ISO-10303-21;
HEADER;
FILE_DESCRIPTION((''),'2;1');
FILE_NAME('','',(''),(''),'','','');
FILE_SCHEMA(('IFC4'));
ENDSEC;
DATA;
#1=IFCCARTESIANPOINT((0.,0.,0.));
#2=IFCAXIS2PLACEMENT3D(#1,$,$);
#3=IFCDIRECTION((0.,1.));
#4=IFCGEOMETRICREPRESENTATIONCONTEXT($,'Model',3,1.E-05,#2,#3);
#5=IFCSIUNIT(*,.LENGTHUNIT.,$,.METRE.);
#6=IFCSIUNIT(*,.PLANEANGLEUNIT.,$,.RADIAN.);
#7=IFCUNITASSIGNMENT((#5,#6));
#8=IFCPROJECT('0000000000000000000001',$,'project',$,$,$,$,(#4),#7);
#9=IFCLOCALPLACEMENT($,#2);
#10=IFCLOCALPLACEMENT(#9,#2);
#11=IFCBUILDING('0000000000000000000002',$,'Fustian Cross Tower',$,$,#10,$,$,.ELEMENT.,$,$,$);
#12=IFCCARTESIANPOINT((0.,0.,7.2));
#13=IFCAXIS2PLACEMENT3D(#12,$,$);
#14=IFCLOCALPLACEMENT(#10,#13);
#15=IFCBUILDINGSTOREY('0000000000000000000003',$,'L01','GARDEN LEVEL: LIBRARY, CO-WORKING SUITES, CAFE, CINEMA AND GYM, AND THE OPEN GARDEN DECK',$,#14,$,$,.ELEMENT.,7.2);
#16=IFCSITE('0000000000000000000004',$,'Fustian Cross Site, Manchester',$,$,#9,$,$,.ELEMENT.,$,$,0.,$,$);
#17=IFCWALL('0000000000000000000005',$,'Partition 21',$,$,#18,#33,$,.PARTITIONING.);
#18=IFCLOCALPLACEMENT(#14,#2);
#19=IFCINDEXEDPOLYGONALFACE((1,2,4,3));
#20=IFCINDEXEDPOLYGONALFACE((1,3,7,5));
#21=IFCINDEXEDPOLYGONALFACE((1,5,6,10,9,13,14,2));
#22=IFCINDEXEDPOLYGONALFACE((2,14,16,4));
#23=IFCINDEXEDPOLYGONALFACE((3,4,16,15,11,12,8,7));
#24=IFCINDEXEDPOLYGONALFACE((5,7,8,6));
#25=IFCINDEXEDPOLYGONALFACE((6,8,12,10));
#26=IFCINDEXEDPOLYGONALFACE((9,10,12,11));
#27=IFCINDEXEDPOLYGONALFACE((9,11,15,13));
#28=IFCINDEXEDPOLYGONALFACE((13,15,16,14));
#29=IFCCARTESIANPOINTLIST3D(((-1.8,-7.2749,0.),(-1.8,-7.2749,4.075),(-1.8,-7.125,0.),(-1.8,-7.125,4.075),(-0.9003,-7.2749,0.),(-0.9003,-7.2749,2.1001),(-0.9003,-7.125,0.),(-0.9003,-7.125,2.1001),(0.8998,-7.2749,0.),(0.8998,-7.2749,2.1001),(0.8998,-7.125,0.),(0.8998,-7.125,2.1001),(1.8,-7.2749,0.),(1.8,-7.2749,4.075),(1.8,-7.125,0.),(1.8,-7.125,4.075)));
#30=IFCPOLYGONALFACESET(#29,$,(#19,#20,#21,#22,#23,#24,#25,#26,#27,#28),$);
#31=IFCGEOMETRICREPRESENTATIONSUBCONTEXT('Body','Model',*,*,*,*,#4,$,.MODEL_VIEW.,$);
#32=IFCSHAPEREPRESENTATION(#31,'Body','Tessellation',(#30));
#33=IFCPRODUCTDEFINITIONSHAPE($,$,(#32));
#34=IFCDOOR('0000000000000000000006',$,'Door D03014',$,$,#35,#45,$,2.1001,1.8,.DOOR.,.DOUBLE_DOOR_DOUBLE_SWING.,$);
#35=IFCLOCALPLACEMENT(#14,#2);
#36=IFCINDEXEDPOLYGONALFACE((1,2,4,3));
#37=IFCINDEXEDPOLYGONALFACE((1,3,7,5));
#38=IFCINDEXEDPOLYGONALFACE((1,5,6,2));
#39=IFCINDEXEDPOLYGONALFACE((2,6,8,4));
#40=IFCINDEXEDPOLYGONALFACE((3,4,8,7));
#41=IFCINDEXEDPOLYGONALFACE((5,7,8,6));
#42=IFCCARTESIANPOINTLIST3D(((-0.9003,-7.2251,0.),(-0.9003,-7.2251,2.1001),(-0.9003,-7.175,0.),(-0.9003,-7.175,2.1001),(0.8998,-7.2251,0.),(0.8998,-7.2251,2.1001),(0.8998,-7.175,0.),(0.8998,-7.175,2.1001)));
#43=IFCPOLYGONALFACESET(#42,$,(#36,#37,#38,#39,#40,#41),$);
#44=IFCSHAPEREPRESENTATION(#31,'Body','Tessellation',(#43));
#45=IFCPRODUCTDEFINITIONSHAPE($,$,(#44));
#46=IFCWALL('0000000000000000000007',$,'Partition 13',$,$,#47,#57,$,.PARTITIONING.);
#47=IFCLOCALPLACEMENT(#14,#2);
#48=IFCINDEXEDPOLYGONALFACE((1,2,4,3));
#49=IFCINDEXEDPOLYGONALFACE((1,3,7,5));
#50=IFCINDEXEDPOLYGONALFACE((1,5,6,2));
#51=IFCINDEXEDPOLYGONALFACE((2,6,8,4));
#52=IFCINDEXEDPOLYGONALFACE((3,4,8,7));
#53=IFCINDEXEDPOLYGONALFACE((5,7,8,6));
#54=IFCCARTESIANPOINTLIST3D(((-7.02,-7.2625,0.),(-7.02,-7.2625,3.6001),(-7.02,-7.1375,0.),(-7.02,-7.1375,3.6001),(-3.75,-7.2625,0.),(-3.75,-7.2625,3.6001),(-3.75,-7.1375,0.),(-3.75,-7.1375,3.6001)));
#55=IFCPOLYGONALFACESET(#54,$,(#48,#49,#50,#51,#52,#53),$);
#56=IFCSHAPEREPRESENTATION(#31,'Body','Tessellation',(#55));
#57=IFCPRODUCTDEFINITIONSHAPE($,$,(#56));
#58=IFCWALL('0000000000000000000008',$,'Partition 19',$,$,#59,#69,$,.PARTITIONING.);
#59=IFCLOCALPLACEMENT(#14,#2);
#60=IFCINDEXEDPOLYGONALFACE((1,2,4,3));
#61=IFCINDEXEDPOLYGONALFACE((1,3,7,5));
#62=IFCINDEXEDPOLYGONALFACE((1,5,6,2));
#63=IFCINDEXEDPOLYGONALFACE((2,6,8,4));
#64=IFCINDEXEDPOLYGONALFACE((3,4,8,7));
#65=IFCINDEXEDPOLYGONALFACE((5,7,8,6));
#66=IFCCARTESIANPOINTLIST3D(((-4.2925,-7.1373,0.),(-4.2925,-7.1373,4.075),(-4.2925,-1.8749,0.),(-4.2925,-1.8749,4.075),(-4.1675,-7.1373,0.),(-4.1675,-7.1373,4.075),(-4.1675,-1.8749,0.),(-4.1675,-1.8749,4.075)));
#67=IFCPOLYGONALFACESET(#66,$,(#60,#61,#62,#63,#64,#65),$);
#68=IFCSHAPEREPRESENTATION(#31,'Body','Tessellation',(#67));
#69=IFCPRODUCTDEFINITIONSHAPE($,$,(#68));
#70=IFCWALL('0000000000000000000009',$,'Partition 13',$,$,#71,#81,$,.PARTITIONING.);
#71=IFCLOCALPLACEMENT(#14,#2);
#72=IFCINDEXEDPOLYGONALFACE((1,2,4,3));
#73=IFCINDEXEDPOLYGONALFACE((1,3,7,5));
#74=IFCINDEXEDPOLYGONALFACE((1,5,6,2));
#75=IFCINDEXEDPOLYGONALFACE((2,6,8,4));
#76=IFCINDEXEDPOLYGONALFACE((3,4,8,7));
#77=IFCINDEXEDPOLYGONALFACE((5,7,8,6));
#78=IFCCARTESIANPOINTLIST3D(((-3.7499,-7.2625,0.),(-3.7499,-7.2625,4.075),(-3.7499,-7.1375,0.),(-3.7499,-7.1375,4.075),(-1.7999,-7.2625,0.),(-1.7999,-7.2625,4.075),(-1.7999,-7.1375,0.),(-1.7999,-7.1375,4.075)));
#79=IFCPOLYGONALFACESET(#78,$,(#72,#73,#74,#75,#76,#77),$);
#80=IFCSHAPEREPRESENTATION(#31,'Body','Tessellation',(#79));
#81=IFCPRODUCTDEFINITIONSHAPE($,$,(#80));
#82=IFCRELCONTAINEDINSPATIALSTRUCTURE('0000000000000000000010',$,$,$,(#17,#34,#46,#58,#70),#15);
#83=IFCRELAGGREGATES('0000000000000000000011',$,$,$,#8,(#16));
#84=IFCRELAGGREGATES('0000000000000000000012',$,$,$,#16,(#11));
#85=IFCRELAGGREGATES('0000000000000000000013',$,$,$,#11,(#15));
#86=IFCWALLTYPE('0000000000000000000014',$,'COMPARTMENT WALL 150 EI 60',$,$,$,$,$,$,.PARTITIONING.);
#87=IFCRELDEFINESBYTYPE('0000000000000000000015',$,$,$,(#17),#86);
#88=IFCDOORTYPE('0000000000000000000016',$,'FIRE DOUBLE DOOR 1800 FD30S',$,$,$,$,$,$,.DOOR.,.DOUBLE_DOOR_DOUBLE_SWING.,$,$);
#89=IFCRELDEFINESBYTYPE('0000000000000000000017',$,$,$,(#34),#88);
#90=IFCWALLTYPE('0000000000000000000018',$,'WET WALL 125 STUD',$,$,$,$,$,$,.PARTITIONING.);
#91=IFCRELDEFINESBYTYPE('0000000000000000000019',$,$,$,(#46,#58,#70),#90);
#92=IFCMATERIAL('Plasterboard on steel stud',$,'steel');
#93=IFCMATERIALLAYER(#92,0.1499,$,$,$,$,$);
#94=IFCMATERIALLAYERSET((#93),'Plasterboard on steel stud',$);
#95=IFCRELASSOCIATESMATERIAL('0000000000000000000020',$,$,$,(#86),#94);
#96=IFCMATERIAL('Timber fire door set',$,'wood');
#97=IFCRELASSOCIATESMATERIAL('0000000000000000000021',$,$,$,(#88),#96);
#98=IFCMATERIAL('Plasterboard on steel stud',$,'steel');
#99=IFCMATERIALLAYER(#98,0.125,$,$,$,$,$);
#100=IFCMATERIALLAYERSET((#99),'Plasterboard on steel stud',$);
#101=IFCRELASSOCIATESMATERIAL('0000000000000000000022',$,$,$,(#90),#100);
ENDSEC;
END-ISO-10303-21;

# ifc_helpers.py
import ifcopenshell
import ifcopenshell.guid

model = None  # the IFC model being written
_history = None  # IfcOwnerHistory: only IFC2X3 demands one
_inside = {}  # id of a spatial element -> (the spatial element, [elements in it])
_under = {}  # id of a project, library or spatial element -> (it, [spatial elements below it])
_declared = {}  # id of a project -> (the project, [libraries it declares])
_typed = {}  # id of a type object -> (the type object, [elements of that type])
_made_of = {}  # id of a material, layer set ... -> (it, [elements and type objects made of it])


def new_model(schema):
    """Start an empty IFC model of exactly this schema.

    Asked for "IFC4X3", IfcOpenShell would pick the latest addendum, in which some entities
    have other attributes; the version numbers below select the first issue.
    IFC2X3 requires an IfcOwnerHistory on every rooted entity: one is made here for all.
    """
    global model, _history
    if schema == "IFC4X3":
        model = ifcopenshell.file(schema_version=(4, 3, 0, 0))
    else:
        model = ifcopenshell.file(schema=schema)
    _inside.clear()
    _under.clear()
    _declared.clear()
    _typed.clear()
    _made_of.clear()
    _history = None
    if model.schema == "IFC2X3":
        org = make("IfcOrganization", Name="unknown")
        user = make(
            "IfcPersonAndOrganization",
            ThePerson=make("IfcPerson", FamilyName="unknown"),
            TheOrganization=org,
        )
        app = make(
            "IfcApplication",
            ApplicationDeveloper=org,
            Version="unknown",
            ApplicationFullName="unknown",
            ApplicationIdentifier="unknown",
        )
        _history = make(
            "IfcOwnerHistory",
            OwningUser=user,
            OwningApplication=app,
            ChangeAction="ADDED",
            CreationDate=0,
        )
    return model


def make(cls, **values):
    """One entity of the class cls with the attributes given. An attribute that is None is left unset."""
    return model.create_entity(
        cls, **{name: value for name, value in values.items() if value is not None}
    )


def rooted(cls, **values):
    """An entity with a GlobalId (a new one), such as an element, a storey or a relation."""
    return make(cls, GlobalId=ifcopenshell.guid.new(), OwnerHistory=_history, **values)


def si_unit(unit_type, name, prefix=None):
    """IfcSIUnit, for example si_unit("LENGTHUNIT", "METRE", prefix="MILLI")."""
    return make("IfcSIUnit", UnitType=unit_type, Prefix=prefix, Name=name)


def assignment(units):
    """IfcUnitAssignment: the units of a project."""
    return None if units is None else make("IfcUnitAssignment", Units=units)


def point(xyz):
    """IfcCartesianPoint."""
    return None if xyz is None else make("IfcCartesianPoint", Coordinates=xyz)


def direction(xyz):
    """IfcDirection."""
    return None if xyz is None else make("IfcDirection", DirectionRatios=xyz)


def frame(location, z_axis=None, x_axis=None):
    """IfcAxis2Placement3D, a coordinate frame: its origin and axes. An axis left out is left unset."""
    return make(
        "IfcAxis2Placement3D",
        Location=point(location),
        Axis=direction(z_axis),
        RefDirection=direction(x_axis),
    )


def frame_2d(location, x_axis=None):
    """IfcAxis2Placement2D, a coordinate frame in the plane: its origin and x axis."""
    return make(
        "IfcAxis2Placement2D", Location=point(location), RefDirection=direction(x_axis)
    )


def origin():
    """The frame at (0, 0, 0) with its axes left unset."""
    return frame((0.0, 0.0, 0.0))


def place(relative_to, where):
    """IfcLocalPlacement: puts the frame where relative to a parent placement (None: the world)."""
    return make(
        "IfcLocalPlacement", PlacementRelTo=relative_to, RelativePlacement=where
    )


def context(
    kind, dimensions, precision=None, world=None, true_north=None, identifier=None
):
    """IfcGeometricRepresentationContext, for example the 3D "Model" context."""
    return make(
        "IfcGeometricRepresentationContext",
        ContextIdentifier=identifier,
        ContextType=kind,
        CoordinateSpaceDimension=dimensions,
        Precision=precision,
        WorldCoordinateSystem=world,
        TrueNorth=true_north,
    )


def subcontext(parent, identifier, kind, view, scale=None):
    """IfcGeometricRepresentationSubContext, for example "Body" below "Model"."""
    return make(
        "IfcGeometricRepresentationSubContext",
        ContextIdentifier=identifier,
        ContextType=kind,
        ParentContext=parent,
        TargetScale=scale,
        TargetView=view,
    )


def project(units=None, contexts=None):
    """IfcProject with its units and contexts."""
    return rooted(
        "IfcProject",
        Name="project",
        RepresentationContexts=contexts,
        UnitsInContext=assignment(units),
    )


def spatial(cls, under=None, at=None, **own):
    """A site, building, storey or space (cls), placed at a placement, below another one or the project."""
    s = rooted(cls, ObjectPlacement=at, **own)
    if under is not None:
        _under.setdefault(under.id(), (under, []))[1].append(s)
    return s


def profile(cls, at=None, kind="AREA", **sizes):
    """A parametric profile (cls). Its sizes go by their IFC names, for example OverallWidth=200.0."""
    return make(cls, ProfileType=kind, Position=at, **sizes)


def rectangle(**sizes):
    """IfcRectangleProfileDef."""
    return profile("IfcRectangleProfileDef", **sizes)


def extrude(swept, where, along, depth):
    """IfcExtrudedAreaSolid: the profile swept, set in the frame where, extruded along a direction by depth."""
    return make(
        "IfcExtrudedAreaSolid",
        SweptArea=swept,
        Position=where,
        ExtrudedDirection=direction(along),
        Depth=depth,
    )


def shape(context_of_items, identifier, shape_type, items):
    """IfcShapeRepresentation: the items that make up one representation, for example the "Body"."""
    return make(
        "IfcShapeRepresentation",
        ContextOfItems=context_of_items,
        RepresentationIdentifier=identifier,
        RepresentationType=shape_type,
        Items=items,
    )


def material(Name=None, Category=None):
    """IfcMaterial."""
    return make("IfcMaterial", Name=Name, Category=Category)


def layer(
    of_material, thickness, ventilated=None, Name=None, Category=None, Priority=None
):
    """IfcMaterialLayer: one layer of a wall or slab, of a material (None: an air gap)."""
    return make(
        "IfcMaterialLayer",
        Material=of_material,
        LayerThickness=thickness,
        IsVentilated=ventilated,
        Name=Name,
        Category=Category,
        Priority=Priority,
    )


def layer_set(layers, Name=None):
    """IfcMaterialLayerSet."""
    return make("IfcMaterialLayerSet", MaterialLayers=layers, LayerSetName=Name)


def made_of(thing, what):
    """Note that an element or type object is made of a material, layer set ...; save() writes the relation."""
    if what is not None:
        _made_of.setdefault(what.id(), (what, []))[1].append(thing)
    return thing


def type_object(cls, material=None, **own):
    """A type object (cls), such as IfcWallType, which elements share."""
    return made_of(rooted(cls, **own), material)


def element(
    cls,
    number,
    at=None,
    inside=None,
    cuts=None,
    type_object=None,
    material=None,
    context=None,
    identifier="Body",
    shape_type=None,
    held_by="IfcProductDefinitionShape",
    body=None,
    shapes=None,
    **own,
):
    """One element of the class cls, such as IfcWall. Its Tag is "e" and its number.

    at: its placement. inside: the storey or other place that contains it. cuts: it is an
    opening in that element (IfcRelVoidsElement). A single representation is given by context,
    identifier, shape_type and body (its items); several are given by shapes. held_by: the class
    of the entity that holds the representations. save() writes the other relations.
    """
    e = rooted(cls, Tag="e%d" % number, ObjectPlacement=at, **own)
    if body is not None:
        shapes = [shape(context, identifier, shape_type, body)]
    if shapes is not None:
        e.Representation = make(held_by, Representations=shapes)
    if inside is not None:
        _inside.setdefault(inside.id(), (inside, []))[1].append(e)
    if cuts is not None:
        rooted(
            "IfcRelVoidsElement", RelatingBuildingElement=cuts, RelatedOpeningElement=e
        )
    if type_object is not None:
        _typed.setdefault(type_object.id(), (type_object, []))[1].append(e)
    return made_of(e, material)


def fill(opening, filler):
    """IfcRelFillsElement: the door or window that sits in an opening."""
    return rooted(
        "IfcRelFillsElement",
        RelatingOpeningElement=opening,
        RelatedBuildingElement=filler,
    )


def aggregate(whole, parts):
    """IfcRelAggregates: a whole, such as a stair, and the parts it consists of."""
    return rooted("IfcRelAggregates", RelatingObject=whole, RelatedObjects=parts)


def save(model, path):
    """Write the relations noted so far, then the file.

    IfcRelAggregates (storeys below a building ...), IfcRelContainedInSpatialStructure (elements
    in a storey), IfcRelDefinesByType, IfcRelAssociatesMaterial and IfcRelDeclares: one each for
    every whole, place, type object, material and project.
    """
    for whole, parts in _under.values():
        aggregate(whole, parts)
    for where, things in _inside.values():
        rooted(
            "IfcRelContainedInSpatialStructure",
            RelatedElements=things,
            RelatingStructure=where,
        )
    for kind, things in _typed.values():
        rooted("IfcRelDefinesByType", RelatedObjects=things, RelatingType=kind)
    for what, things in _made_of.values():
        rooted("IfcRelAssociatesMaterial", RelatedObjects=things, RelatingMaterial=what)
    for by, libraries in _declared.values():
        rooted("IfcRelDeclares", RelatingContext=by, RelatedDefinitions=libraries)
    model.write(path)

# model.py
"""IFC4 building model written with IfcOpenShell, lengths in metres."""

from ifc_helpers import new_model, si_unit, direction, frame, frame_2d, origin, place, context, subcontext, project, spatial, rectangle, extrude, material, layer, layer_set, type_object, element, fill, save


model = new_model("IFC4")

# Units and contexts
model_context = context("Model", 3, precision=1e-05, world=origin(), true_north=direction((0.0, 1.0)))
body_context = subcontext(model_context, "Body", "Model", "MODEL_VIEW")
ifc_project = project(units=[si_unit("LENGTHUNIT", "METRE"), si_unit("PLANEANGLEUNIT", "RADIAN")], contexts=[model_context])

# Site, building, storey
site_placement = place(None, origin())
site = spatial("IfcSite", under=ifc_project, at=site_placement, Name="Fustian Cross Site, Manchester", CompositionType="ELEMENT", RefElevation=0.0)
building_placement = place(site_placement, origin())
building = spatial("IfcBuilding", under=site, at=building_placement, Name="Fustian Cross Tower", CompositionType="ELEMENT")
storey_placement = place(building_placement, frame((0.0, 0.0, 7.2)))
storey = spatial("IfcBuildingStorey", under=building, at=storey_placement, Name="L01", Description="GARDEN LEVEL: LIBRARY, CO-WORKING SUITES, CAFE, CINEMA AND GYM, AND THE OPEN GARDEN DECK", CompositionType="ELEMENT", Elevation=7.2)

# Wall, opening, door
ifc_material_1 = material(Name="Plasterboard on steel stud", Category="steel")
ifc_layer_1 = layer(ifc_material_1, 0.1499)
ifc_layer_set_1 = layer_set([ifc_layer_1], Name="Plasterboard on steel stud")
wall_type_1 = type_object("IfcWallType", Name="COMPARTMENT WALL 150 EI 60", PredefinedType="PARTITIONING", material=ifc_layer_set_1)
wall_1_placement = place(storey_placement, frame((-1.8, -7.2, 0.0), z_axis=(0.0, 0.0, 1.0), x_axis=(1.0, 0.0, 0.0)))
wall_1 = element("IfcWall", 1, at=wall_1_placement, inside=storey, type_object=wall_type_1, Name="Partition 21", PredefinedType="PARTITIONING", context=body_context, shape_type="SweptSolid", body=[
    extrude(rectangle(XDim=3.6001, YDim=0.1499, at=frame_2d((1.8, 0.0))), origin(), (0.0, 0.0, 1.0), 4.075),
])
opening_1_placement = place(wall_1_placement, frame((0.8999, 0.0, 0.0)))
opening_1 = element("IfcOpeningElement", 2, at=opening_1_placement, cuts=wall_1, PredefinedType="OPENING", context=body_context, shape_type="SweptSolid", body=[
    extrude(rectangle(XDim=1.8, YDim=2.1001, at=frame_2d((0.8999, 1.05))), frame((0.0, 0.085, 0.0), z_axis=(0.0, -1.0, 0.0), x_axis=(1.0, 0.0, 0.0)), (0.0, 0.0, 1.0), 0.1699),
])
ifc_material_2 = material(Name="Timber fire door set", Category="wood")
door_type_1 = type_object("IfcDoorType", Name="FIRE DOUBLE DOOR 1800 FD30S", OperationType="DOUBLE_DOOR_DOUBLE_SWING", PredefinedType="DOOR", material=ifc_material_2)
door_1_placement = place(opening_1_placement, origin())
door_1 = element("IfcDoor", 3, at=door_1_placement, inside=storey, type_object=door_type_1, Name="Door D03014", OperationType="DOUBLE_DOOR_DOUBLE_SWING", OverallHeight=2.1001, OverallWidth=1.8, PredefinedType="DOOR", context=body_context, shape_type="SweptSolid", body=[
    extrude(rectangle(XDim=1.8, YDim=2.1001, at=frame_2d((0.8999, 1.05))), frame((0.0, 0.0249, 0.0), z_axis=(0.0, -1.0, 0.0), x_axis=(1.0, 0.0, 0.0)), (0.0, 0.0, 1.0), 0.05),
])
fill(opening_1, door_1)

# Walls
ifc_material_3 = material(Name="Plasterboard on steel stud", Category="steel")
ifc_layer_2 = layer(ifc_material_3, 0.125)
ifc_layer_set_2 = layer_set([ifc_layer_2], Name="Plasterboard on steel stud")
wall_type_2 = type_object("IfcWallType", Name="WET WALL 125 STUD", PredefinedType="PARTITIONING", material=ifc_layer_set_2)
wall_2_placement = place(storey_placement, frame((-7.02, -7.2, 0.0), z_axis=(0.0, 0.0, 1.0), x_axis=(1.0, 0.0, 0.0)))
element("IfcWall", 4, at=wall_2_placement, inside=storey, type_object=wall_type_2, Name="Partition 13", PredefinedType="PARTITIONING", context=body_context, shape_type="SweptSolid", body=[
    extrude(rectangle(XDim=3.27, YDim=0.125, at=frame_2d((1.635, 0.0))), origin(), (0.0, 0.0, 1.0), 3.6001),
])
wall_3_placement = place(storey_placement, frame((-4.23, -7.1375, 0.0), z_axis=(0.0, 0.0, 1.0), x_axis=(0.0, 1.0, 0.0)))
element("IfcWall", 5, at=wall_3_placement, inside=storey, type_object=wall_type_2, Name="Partition 19", PredefinedType="PARTITIONING", context=body_context, shape_type="SweptSolid", body=[
    extrude(rectangle(XDim=5.2625, YDim=0.125, at=frame_2d((2.6313, 0.0))), origin(), (0.0, 0.0, 1.0), 4.075),
])
wall_4_placement = place(storey_placement, frame((-3.75, -7.2, 0.0), z_axis=(0.0, 0.0, 1.0), x_axis=(1.0, 0.0, 0.0)))
element("IfcWall", 6, at=wall_4_placement, inside=storey, type_object=wall_type_2, Name="Partition 13", PredefinedType="PARTITIONING", context=body_context, shape_type="SweptSolid", body=[
    extrude(rectangle(XDim=1.95, YDim=0.125, at=frame_2d((0.9751, 0.0))), origin(), (0.0, 0.0, 1.0), 4.075),
])

save(model, "model.ifc")
